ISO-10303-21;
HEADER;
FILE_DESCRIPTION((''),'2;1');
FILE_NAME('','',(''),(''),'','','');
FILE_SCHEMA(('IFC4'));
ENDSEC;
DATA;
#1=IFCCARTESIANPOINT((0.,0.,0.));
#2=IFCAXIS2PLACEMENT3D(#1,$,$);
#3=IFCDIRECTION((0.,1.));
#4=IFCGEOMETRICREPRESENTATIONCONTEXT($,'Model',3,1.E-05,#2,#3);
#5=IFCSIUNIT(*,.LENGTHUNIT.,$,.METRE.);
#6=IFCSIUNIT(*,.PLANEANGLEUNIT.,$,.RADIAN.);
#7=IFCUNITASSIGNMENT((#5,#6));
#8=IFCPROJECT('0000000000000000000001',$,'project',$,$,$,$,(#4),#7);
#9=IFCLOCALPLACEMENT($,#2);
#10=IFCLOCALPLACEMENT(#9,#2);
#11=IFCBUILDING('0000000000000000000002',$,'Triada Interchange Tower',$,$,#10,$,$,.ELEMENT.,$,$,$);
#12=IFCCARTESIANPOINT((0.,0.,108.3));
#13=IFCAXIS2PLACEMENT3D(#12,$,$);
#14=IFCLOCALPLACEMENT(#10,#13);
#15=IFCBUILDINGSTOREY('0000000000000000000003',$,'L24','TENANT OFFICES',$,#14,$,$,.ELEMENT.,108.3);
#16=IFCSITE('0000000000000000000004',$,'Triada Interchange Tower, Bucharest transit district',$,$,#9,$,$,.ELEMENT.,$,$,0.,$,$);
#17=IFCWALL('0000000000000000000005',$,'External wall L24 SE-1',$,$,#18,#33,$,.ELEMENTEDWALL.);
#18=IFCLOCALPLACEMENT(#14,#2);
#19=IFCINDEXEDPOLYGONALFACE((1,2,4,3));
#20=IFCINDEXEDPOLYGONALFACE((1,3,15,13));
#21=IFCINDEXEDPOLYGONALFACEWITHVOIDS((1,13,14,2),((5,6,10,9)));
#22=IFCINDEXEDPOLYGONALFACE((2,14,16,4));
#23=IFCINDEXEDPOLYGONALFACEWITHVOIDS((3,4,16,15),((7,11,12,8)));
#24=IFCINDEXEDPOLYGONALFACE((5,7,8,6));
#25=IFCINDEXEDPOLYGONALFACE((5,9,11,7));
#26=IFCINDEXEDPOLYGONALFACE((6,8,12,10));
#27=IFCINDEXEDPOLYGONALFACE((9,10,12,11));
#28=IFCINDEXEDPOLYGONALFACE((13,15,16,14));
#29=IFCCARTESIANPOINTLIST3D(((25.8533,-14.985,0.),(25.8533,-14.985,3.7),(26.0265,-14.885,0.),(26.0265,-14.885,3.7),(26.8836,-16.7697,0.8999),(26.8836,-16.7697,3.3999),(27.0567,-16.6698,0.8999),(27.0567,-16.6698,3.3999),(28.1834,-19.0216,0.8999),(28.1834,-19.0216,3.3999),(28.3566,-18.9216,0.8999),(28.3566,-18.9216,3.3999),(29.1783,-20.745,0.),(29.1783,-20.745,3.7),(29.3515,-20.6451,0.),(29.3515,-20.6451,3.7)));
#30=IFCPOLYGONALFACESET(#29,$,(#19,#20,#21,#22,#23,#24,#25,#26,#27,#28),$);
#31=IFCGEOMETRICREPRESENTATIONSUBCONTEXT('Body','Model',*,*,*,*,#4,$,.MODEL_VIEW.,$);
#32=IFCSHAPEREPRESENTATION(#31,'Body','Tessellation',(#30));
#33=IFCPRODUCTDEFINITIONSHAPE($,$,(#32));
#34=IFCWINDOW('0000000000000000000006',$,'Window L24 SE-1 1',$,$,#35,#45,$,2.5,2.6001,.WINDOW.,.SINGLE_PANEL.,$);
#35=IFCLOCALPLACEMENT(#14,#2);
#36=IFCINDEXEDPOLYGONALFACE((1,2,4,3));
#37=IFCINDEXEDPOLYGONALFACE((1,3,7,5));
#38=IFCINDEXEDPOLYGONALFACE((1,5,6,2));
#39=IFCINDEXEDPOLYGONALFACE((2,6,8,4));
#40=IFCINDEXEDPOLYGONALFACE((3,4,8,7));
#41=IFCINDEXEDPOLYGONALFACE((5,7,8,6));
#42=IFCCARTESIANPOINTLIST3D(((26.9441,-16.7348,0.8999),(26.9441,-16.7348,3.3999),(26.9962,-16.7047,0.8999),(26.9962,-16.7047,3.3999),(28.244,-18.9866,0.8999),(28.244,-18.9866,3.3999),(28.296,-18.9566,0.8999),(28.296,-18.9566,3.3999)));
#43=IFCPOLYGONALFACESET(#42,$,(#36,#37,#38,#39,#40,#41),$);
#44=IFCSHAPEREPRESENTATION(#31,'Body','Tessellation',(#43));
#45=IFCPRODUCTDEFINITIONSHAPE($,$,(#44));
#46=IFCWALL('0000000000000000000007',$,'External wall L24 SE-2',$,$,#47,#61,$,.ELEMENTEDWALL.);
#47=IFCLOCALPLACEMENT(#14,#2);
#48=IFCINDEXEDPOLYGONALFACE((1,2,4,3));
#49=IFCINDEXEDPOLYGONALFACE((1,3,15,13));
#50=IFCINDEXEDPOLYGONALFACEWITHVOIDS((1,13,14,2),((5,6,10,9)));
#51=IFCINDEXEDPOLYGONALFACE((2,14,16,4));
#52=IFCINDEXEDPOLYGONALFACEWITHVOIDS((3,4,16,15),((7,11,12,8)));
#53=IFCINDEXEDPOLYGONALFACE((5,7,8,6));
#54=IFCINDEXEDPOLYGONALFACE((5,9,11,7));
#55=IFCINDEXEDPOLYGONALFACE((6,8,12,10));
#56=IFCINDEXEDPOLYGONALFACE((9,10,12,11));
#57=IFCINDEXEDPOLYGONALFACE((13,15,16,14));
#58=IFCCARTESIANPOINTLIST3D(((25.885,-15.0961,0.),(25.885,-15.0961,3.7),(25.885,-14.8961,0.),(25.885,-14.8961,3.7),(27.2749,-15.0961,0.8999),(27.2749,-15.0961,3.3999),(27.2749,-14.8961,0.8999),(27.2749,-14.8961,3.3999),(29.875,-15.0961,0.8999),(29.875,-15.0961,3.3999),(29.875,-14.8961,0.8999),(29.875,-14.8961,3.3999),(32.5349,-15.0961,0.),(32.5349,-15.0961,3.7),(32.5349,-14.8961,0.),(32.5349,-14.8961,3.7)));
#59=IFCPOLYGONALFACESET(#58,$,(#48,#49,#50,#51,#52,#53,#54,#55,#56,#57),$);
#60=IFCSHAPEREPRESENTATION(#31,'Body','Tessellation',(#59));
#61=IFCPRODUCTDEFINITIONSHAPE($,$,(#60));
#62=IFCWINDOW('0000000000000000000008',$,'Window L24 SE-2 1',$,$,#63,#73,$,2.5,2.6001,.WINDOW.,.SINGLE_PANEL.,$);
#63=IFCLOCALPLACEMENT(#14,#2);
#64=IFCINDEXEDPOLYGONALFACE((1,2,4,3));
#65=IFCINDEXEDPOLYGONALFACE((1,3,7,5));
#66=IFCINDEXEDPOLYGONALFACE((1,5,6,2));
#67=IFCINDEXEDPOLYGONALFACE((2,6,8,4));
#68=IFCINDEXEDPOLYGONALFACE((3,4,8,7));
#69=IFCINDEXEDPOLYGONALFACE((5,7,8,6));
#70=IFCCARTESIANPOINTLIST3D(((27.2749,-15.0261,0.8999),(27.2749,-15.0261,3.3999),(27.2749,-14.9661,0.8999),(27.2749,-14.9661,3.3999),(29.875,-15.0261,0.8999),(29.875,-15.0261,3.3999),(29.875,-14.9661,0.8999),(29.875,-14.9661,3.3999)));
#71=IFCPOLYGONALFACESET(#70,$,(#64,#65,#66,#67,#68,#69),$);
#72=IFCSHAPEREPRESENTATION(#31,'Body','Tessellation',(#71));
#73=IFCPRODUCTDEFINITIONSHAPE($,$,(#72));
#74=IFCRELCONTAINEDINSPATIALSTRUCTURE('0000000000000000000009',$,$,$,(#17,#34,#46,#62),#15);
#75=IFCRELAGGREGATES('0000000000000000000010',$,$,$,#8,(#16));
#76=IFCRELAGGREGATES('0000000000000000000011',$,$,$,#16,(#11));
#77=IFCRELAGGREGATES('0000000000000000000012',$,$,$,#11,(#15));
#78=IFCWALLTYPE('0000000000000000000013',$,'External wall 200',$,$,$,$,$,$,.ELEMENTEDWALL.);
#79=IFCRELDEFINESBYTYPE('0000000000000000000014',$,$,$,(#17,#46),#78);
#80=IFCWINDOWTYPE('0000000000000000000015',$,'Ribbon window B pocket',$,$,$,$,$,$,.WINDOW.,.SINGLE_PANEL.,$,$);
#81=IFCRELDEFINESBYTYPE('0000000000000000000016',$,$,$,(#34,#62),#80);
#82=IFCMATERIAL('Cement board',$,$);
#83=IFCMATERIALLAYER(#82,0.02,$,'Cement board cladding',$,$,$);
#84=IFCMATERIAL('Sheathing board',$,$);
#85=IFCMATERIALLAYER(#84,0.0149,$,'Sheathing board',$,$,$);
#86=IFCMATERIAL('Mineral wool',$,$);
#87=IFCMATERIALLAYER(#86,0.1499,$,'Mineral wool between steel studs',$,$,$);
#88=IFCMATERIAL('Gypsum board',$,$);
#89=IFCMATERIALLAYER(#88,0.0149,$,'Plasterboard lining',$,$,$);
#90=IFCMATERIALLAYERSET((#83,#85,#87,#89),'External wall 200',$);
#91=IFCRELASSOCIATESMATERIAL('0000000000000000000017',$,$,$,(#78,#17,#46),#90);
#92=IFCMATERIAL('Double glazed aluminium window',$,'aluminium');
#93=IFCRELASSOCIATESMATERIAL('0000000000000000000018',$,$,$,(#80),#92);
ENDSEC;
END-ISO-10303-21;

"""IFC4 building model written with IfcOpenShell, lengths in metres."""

from ifc_helpers import new_model, si_unit, direction, frame, frame_2d, origin, place, context, subcontext, project, spatial, rectangle, extrude, material, layer, layer_set, layer_usage, type_object, element, fill, save


model = new_model("IFC4")

# Units and contexts
model_context = context("Model", 3, precision=1e-05, world=origin(), true_north=direction((0.0, 1.0)))
body_context = subcontext(model_context, "Body", "Model", "MODEL_VIEW")
ifc_project = project(units=[si_unit("LENGTHUNIT", "METRE"), si_unit("PLANEANGLEUNIT", "RADIAN")], contexts=[model_context])

# Site, building, storey
site_placement = place(None, origin())
site = spatial("IfcSite", under=ifc_project, at=site_placement, Name="Triada Interchange Tower, Bucharest transit district", CompositionType="ELEMENT", RefElevation=0.0)
building_placement = place(site_placement, origin())
building = spatial("IfcBuilding", under=site, at=building_placement, Name="Triada Interchange Tower", CompositionType="ELEMENT")
storey_placement = place(building_placement, frame((0.0, 0.0, 108.3)))
storey = spatial("IfcBuildingStorey", under=building, at=storey_placement, Name="L24", Description="TENANT OFFICES", CompositionType="ELEMENT", Elevation=108.3)

# Walls, openings, windows
ifc_material_1 = material(Name="Cement board")
ifc_layer_1 = layer(ifc_material_1, 0.02, Name="Cement board cladding")
ifc_material_2 = material(Name="Sheathing board")
ifc_layer_2 = layer(ifc_material_2, 0.0149, Name="Sheathing board")
ifc_material_3 = material(Name="Mineral wool")
ifc_layer_3 = layer(ifc_material_3, 0.1499, Name="Mineral wool between steel studs")
ifc_material_4 = material(Name="Gypsum board")
ifc_layer_4 = layer(ifc_material_4, 0.0149, Name="Plasterboard lining")
ifc_layer_set_1 = layer_set([ifc_layer_1, ifc_layer_2, ifc_layer_3, ifc_layer_4], Name="External wall 200")
ifc_layer_usage = layer_usage(ifc_layer_set_1, "AXIS2", "POSITIVE", -0.1001)
wall_type = type_object("IfcWallType", Name="External wall 200", PredefinedType="ELEMENTEDWALL", material=ifc_layer_set_1)
wall_1_placement = place(storey_placement, frame((29.2649, -20.6951, 0.0), z_axis=(0.0, 0.0, 1.0), x_axis=(-0.499933, 0.866064, 0.0)))
wall_1 = element("IfcWall", 1, at=wall_1_placement, inside=storey, type_object=wall_type, material=ifc_layer_usage, Name="External wall L24 SE-1", PredefinedType="ELEMENTEDWALL", context=body_context, shape_type="SweptSolid", body=[
    extrude(rectangle(XDim=6.6509, YDim=0.2, at=frame_2d((3.3254, 0.0))), origin(), (0.0, 0.0, 1.0), 3.7),
])
opening_1_placement = place(wall_1_placement, frame((1.99, 0.0, 0.8999)))
opening_1 = element("IfcOpeningElement", 2, at=opening_1_placement, cuts=wall_1, PredefinedType="OPENING", context=body_context, shape_type="SweptSolid", body=[
    extrude(rectangle(XDim=2.6001, YDim=2.5, at=frame_2d((1.3, 1.25))), frame((0.0, 0.1099, 0.0), z_axis=(0.0, -1.0, 0.0), x_axis=(1.0, 0.0, 0.0)), (0.0, 0.0, 1.0), 0.22),
])
ifc_material_5 = material(Name="Double glazed aluminium window", Category="aluminium")
window_type_1 = type_object("IfcWindowType", Name="Ribbon window B pocket", PartitioningType="SINGLE_PANEL", PredefinedType="WINDOW", material=ifc_material_5)
window_1_placement = place(opening_1_placement, origin())
window_1 = element("IfcWindow", 3, at=window_1_placement, inside=storey, type_object=window_type_1, Name="Window L24 SE-1 1", OverallHeight=2.5, OverallWidth=2.6001, PartitioningType="SINGLE_PANEL", PredefinedType="WINDOW", context=body_context, shape_type="SweptSolid", body=[
    extrude(rectangle(XDim=2.6001, YDim=2.5, at=frame_2d((1.3, 1.25))), frame((0.0, 0.03, 0.0), z_axis=(0.0, -1.0, 0.0), x_axis=(1.0, 0.0, 0.0)), (0.0, 0.0, 1.0), 0.0601),
])
fill(opening_1, window_1)
wall_2_placement = place(storey_placement, frame((25.885, -14.9961, 0.0), z_axis=(0.0, 0.0, 1.0), x_axis=(1.0, 0.0, 0.0)))
wall_2 = element("IfcWall", 4, at=wall_2_placement, inside=storey, type_object=wall_type, material=ifc_layer_usage, Name="External wall L24 SE-2", PredefinedType="ELEMENTEDWALL", context=body_context, shape_type="SweptSolid", body=[
    extrude(rectangle(XDim=6.6499, YDim=0.2, at=frame_2d((3.325, 0.0))), origin(), (0.0, 0.0, 1.0), 3.7),
])
opening_2_placement = place(wall_2_placement, frame((1.3899, 0.0, 0.8999)))
opening_2 = element("IfcOpeningElement", 5, at=opening_2_placement, cuts=wall_2, PredefinedType="OPENING", context=body_context, shape_type="SweptSolid", body=[
    extrude(rectangle(XDim=2.6001, YDim=2.5, at=frame_2d((1.3, 1.25))), frame((0.0, 0.1099, 0.0), z_axis=(0.0, -1.0, 0.0), x_axis=(1.0, 0.0, 0.0)), (0.0, 0.0, 1.0), 0.22),
])
window_2_placement = place(opening_2_placement, origin())
window_2 = element("IfcWindow", 6, at=window_2_placement, inside=storey, type_object=window_type_1, Name="Window L24 SE-2 1", OverallHeight=2.5, OverallWidth=2.6001, PartitioningType="SINGLE_PANEL", PredefinedType="WINDOW", context=body_context, shape_type="SweptSolid", body=[
    extrude(rectangle(XDim=2.6001, YDim=2.5, at=frame_2d((1.3, 1.25))), frame((0.0, 0.03, 0.0), z_axis=(0.0, -1.0, 0.0), x_axis=(1.0, 0.0, 0.0)), (0.0, 0.0, 1.0), 0.0601),
])
fill(opening_2, window_2)

save(model, "model.ifc")
